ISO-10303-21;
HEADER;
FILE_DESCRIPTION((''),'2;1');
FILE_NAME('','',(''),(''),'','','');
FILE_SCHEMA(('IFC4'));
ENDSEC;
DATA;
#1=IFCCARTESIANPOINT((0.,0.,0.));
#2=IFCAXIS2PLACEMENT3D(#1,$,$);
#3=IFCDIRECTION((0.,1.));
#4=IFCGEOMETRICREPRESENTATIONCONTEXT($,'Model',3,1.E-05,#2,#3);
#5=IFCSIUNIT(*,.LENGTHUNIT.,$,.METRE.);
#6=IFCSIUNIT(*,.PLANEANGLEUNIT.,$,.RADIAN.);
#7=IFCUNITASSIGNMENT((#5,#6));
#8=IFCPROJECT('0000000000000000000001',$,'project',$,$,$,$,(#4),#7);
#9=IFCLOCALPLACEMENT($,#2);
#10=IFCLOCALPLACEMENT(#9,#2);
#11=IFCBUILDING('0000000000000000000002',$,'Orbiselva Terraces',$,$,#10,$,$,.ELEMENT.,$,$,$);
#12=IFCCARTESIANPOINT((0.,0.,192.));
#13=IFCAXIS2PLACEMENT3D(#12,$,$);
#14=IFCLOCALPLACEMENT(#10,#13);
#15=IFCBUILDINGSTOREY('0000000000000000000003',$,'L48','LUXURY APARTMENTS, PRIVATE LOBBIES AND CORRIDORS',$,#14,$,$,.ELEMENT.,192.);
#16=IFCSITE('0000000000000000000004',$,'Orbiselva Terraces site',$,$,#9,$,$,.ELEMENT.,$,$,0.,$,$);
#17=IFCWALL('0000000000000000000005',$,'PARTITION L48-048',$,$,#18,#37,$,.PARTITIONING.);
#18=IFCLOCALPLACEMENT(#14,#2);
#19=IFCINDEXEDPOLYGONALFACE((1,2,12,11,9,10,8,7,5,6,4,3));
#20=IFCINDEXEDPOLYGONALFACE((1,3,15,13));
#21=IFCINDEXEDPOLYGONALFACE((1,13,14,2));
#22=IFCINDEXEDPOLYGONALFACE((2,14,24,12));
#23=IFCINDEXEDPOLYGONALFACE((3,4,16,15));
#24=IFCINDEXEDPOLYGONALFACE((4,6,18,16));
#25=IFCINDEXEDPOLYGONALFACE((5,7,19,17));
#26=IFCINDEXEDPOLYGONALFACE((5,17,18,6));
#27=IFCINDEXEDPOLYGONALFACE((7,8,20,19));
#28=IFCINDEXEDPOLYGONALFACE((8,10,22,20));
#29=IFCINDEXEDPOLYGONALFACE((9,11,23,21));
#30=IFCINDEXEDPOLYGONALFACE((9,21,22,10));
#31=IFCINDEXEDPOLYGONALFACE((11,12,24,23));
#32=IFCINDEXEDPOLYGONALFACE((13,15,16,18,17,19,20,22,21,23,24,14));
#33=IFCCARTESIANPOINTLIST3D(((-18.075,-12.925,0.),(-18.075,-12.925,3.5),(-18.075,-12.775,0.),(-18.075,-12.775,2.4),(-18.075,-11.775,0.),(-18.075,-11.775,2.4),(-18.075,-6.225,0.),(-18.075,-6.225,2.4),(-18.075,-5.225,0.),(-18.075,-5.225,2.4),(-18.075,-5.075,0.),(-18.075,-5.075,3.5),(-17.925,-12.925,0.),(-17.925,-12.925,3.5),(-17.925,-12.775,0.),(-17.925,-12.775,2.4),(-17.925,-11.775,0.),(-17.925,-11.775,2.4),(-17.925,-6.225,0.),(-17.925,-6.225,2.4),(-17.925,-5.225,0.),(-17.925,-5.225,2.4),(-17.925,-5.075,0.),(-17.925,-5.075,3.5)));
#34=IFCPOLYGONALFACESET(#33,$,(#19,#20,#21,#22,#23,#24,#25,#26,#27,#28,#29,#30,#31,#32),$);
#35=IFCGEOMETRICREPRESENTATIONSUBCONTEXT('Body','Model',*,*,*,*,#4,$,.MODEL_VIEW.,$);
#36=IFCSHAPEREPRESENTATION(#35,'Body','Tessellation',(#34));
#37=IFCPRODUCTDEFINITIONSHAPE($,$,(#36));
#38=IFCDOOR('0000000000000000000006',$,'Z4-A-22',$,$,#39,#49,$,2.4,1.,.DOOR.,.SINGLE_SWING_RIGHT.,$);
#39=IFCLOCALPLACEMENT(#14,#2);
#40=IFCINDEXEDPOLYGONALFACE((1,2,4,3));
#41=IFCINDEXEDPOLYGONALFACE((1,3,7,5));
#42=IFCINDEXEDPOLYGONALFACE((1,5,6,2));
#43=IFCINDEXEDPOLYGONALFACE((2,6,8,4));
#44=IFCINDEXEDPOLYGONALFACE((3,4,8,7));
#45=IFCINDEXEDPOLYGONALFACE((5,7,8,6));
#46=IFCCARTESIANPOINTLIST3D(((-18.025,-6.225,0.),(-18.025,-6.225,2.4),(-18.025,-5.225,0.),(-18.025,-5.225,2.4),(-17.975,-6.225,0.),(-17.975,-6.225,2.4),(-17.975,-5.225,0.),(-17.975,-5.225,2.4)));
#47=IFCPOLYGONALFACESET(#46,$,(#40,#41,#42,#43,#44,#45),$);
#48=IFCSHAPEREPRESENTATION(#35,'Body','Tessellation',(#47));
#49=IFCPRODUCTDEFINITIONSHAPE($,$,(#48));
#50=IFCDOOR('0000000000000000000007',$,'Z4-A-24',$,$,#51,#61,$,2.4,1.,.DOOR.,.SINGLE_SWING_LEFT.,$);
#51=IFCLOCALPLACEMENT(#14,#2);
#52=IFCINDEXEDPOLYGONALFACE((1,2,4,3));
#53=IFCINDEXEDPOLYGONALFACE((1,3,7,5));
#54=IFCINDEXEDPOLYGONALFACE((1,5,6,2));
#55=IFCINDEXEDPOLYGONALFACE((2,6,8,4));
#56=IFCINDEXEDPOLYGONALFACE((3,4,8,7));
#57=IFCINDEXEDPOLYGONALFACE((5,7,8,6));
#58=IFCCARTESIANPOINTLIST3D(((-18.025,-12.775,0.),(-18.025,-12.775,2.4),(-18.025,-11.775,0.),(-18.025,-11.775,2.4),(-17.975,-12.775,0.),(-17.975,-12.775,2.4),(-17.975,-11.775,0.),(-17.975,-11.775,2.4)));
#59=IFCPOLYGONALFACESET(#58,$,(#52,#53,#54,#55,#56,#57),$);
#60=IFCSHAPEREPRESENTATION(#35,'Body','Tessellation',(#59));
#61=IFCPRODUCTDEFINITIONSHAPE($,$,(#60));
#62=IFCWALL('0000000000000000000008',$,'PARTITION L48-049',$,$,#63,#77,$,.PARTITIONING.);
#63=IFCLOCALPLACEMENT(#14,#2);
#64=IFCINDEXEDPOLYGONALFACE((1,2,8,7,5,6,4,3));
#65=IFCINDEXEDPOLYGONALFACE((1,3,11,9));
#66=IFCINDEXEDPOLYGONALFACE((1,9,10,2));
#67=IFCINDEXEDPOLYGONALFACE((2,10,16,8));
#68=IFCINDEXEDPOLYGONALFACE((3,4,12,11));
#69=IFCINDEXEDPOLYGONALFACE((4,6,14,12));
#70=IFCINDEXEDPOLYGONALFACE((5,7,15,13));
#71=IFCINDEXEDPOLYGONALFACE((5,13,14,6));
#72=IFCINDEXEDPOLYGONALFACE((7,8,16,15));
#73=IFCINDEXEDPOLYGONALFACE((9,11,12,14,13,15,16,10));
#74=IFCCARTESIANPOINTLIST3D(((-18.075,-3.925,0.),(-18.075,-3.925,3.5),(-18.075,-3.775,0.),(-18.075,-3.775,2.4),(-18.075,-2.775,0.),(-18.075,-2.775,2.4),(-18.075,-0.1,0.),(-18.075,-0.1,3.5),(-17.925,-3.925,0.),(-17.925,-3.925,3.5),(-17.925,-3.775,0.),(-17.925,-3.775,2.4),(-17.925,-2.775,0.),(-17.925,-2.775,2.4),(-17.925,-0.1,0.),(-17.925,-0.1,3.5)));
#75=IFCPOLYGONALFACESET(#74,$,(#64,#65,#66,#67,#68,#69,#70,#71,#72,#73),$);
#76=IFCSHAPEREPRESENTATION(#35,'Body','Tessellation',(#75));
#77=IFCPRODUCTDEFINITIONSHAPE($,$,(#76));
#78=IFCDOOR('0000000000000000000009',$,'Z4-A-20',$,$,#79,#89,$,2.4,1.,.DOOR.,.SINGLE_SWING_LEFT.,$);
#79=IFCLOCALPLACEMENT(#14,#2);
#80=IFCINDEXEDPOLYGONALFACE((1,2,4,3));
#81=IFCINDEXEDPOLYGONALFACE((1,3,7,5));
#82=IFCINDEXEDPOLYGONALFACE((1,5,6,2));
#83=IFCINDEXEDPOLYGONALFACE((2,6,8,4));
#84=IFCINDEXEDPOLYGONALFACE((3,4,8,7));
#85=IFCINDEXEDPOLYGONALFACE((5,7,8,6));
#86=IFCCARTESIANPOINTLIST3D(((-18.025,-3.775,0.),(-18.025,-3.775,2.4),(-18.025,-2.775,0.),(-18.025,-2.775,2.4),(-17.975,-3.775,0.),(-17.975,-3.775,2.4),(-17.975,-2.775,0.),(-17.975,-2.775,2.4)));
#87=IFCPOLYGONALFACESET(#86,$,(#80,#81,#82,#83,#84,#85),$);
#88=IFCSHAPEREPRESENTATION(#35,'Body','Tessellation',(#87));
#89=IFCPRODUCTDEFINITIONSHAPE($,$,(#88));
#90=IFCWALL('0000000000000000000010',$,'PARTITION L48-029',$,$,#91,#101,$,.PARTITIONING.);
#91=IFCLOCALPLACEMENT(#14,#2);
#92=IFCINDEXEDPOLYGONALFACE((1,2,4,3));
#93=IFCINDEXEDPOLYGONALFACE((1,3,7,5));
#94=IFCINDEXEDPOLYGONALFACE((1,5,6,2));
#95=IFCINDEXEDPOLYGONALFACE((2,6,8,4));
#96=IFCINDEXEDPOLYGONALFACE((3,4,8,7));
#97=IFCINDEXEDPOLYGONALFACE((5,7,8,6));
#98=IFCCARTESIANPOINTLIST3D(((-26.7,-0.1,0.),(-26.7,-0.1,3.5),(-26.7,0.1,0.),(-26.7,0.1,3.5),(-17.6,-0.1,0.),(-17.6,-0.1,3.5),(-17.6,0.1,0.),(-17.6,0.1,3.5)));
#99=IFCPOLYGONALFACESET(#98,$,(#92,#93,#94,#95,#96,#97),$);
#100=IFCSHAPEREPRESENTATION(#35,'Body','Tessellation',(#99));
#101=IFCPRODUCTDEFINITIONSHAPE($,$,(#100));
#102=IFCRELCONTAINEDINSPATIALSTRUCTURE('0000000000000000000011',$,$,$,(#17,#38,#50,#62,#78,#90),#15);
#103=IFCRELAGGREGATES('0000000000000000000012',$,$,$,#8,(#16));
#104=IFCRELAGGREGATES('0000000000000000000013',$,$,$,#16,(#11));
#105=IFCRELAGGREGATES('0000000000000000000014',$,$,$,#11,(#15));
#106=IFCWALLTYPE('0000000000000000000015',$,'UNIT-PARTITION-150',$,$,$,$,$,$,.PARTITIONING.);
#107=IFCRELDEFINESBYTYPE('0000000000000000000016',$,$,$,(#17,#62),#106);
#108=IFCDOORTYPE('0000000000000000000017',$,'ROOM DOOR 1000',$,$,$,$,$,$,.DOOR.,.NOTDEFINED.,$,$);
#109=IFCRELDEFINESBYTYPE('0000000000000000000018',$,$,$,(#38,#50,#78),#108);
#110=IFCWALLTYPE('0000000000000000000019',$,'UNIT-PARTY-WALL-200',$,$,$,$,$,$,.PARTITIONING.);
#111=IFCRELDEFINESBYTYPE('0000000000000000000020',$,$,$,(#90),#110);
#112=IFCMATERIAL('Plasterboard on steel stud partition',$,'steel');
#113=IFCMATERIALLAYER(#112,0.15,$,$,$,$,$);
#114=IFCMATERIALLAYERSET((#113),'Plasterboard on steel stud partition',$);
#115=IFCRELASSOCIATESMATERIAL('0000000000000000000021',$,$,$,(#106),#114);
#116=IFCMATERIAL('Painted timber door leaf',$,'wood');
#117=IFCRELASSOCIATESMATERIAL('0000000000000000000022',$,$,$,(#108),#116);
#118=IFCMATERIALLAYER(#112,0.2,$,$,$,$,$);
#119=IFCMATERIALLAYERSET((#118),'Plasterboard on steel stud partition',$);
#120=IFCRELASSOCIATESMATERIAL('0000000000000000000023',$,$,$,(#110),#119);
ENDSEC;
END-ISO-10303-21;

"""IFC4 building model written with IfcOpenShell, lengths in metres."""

from ifc_helpers import new_model, si_unit, direction, frame, frame_2d, origin, place, context, subcontext, project, spatial, rectangle, extrude, material, layer, layer_set, type_object, element, fill, save


model = new_model("IFC4")

# Units and contexts
model_context = context("Model", 3, precision=1e-05, world=origin(), true_north=direction((0.0, 1.0)))
body_context = subcontext(model_context, "Body", "Model", "MODEL_VIEW")
ifc_project = project(units=[si_unit("LENGTHUNIT", "METRE"), si_unit("PLANEANGLEUNIT", "RADIAN")], contexts=[model_context])

# Site, building, storey
site_placement = place(None, origin())
site = spatial("IfcSite", under=ifc_project, at=site_placement, Name="Orbiselva Terraces site", CompositionType="ELEMENT", RefElevation=0.0)
building_placement = place(site_placement, origin())
building = spatial("IfcBuilding", under=site, at=building_placement, Name="Orbiselva Terraces", CompositionType="ELEMENT")
storey_placement = place(building_placement, frame((0.0, 0.0, 192.0)))
storey = spatial("IfcBuildingStorey", under=building, at=storey_placement, Name="L48", Description="LUXURY APARTMENTS, PRIVATE LOBBIES AND CORRIDORS", CompositionType="ELEMENT", Elevation=192.0)

# Shared definitions
ifc_material_1 = material(Name="Plasterboard on steel stud partition", Category="steel")
ifc_layer_1 = layer(ifc_material_1, 0.15)
ifc_layer_set_1 = layer_set([ifc_layer_1], Name="Plasterboard on steel stud partition")
wall_type_1 = type_object("IfcWallType", Name="UNIT-PARTITION-150", PredefinedType="PARTITIONING", material=ifc_layer_set_1)

# Shared definitions
ifc_material_2 = material(Name="Painted timber door leaf", Category="wood")

# Wall, openings, doors
wall_1_placement = place(storey_placement, frame((-18.0, -12.925, 0.0), z_axis=(0.0, 0.0, 1.0), x_axis=(0.0, 1.0, 0.0)))
wall_1 = element("IfcWall", 1, at=wall_1_placement, inside=storey, type_object=wall_type_1, Name="PARTITION L48-048", PredefinedType="PARTITIONING", context=body_context, shape_type="SweptSolid", body=[
    extrude(rectangle(XDim=7.85, YDim=0.15, at=frame_2d((3.925, 0.0))), origin(), (0.0, 0.0, 1.0), 3.5),
])
opening_1_placement = place(wall_1_placement, frame((6.7, 0.0, 0.0)))
opening_1 = element("IfcOpeningElement", 2, at=opening_1_placement, cuts=wall_1, PredefinedType="OPENING", context=body_context, shape_type="SweptSolid", body=[
    extrude(rectangle(XDim=1.0, YDim=2.4, at=frame_2d((0.5, 1.2))), frame((0.0, 0.085, 0.0), z_axis=(0.0, -1.0, 0.0), x_axis=(1.0, 0.0, 0.0)), (0.0, 0.0, 1.0), 0.17),
])
opening_2_placement = place(wall_1_placement, frame((0.15, 0.0, 0.0)))
opening_2 = element("IfcOpeningElement", 3, at=opening_2_placement, cuts=wall_1, PredefinedType="OPENING", context=body_context, shape_type="SweptSolid", body=[
    extrude(rectangle(XDim=1.0, YDim=2.4, at=frame_2d((0.5, 1.2))), frame((0.0, 0.085, 0.0), z_axis=(0.0, -1.0, 0.0), x_axis=(1.0, 0.0, 0.0)), (0.0, 0.0, 1.0), 0.17),
])
door_type_1 = type_object("IfcDoorType", Name="ROOM DOOR 1000", OperationType="NOTDEFINED", PredefinedType="DOOR", material=ifc_material_2)
door_1_placement = place(opening_1_placement, origin())
door_1 = element("IfcDoor", 4, at=door_1_placement, inside=storey, type_object=door_type_1, Name="Z4-A-22", OperationType="SINGLE_SWING_RIGHT", OverallHeight=2.4, OverallWidth=1.0, PredefinedType="DOOR", context=body_context, shape_type="SweptSolid", body=[
    extrude(rectangle(XDim=1.0, YDim=2.4, at=frame_2d((0.5, 1.2))), frame((0.0, 0.025, 0.0), z_axis=(0.0, -1.0, 0.0), x_axis=(1.0, 0.0, 0.0)), (0.0, 0.0, 1.0), 0.05),
])
fill(opening_1, door_1)
door_2_placement = place(opening_2_placement, origin())
door_2 = element("IfcDoor", 5, at=door_2_placement, inside=storey, type_object=door_type_1, Name="Z4-A-24", OperationType="SINGLE_SWING_LEFT", OverallHeight=2.4, OverallWidth=1.0, PredefinedType="DOOR", context=body_context, shape_type="SweptSolid", body=[
    extrude(rectangle(XDim=1.0, YDim=2.4, at=frame_2d((0.5, 1.2))), frame((0.0, 0.025, 0.0), z_axis=(0.0, -1.0, 0.0), x_axis=(1.0, 0.0, 0.0)), (0.0, 0.0, 1.0), 0.05),
])
fill(opening_2, door_2)

# Wall, opening, door
wall_2_placement = place(storey_placement, frame((-18.0, -3.925, 0.0), z_axis=(0.0, 0.0, 1.0), x_axis=(0.0, 1.0, 0.0)))
wall_2 = element("IfcWall", 6, at=wall_2_placement, inside=storey, type_object=wall_type_1, Name="PARTITION L48-049", PredefinedType="PARTITIONING", context=body_context, shape_type="SweptSolid", body=[
    extrude(rectangle(XDim=3.825, YDim=0.15, at=frame_2d((1.9125, 0.0))), origin(), (0.0, 0.0, 1.0), 3.5),
])
opening_3_placement = place(wall_2_placement, frame((0.15, 0.0, 0.0)))
opening_3 = element("IfcOpeningElement", 7, at=opening_3_placement, cuts=wall_2, PredefinedType="OPENING", context=body_context, shape_type="SweptSolid", body=[
    extrude(rectangle(XDim=1.0, YDim=2.4, at=frame_2d((0.5, 1.2))), frame((0.0, 0.085, 0.0), z_axis=(0.0, -1.0, 0.0), x_axis=(1.0, 0.0, 0.0)), (0.0, 0.0, 1.0), 0.17),
])
door_3_placement = place(opening_3_placement, origin())
door_3 = element("IfcDoor", 8, at=door_3_placement, inside=storey, type_object=door_type_1, Name="Z4-A-20", OperationType="SINGLE_SWING_LEFT", OverallHeight=2.4, OverallWidth=1.0, PredefinedType="DOOR", context=body_context, shape_type="SweptSolid", body=[
    extrude(rectangle(XDim=1.0, YDim=2.4, at=frame_2d((0.5, 1.2))), frame((0.0, 0.025, 0.0), z_axis=(0.0, -1.0, 0.0), x_axis=(1.0, 0.0, 0.0)), (0.0, 0.0, 1.0), 0.05),
])
fill(opening_3, door_3)

# Wall
ifc_layer_2 = layer(ifc_material_1, 0.2)
ifc_layer_set_2 = layer_set([ifc_layer_2], Name="Plasterboard on steel stud partition")
wall_type_2 = type_object("IfcWallType", Name="UNIT-PARTY-WALL-200", PredefinedType="PARTITIONING", material=ifc_layer_set_2)
wall_3_placement = place(storey_placement, frame((-26.7, 0.0, 0.0), z_axis=(0.0, 0.0, 1.0), x_axis=(1.0, 0.0, 0.0)))
element("IfcWall", 9, at=wall_3_placement, inside=storey, type_object=wall_type_2, Name="PARTITION L48-029", PredefinedType="PARTITIONING", context=body_context, shape_type="SweptSolid", body=[
    extrude(rectangle(XDim=9.1, YDim=0.2, at=frame_2d((4.55, 0.0))), origin(), (0.0, 0.0, 1.0), 3.5),
])

save(model, "model.ifc")
